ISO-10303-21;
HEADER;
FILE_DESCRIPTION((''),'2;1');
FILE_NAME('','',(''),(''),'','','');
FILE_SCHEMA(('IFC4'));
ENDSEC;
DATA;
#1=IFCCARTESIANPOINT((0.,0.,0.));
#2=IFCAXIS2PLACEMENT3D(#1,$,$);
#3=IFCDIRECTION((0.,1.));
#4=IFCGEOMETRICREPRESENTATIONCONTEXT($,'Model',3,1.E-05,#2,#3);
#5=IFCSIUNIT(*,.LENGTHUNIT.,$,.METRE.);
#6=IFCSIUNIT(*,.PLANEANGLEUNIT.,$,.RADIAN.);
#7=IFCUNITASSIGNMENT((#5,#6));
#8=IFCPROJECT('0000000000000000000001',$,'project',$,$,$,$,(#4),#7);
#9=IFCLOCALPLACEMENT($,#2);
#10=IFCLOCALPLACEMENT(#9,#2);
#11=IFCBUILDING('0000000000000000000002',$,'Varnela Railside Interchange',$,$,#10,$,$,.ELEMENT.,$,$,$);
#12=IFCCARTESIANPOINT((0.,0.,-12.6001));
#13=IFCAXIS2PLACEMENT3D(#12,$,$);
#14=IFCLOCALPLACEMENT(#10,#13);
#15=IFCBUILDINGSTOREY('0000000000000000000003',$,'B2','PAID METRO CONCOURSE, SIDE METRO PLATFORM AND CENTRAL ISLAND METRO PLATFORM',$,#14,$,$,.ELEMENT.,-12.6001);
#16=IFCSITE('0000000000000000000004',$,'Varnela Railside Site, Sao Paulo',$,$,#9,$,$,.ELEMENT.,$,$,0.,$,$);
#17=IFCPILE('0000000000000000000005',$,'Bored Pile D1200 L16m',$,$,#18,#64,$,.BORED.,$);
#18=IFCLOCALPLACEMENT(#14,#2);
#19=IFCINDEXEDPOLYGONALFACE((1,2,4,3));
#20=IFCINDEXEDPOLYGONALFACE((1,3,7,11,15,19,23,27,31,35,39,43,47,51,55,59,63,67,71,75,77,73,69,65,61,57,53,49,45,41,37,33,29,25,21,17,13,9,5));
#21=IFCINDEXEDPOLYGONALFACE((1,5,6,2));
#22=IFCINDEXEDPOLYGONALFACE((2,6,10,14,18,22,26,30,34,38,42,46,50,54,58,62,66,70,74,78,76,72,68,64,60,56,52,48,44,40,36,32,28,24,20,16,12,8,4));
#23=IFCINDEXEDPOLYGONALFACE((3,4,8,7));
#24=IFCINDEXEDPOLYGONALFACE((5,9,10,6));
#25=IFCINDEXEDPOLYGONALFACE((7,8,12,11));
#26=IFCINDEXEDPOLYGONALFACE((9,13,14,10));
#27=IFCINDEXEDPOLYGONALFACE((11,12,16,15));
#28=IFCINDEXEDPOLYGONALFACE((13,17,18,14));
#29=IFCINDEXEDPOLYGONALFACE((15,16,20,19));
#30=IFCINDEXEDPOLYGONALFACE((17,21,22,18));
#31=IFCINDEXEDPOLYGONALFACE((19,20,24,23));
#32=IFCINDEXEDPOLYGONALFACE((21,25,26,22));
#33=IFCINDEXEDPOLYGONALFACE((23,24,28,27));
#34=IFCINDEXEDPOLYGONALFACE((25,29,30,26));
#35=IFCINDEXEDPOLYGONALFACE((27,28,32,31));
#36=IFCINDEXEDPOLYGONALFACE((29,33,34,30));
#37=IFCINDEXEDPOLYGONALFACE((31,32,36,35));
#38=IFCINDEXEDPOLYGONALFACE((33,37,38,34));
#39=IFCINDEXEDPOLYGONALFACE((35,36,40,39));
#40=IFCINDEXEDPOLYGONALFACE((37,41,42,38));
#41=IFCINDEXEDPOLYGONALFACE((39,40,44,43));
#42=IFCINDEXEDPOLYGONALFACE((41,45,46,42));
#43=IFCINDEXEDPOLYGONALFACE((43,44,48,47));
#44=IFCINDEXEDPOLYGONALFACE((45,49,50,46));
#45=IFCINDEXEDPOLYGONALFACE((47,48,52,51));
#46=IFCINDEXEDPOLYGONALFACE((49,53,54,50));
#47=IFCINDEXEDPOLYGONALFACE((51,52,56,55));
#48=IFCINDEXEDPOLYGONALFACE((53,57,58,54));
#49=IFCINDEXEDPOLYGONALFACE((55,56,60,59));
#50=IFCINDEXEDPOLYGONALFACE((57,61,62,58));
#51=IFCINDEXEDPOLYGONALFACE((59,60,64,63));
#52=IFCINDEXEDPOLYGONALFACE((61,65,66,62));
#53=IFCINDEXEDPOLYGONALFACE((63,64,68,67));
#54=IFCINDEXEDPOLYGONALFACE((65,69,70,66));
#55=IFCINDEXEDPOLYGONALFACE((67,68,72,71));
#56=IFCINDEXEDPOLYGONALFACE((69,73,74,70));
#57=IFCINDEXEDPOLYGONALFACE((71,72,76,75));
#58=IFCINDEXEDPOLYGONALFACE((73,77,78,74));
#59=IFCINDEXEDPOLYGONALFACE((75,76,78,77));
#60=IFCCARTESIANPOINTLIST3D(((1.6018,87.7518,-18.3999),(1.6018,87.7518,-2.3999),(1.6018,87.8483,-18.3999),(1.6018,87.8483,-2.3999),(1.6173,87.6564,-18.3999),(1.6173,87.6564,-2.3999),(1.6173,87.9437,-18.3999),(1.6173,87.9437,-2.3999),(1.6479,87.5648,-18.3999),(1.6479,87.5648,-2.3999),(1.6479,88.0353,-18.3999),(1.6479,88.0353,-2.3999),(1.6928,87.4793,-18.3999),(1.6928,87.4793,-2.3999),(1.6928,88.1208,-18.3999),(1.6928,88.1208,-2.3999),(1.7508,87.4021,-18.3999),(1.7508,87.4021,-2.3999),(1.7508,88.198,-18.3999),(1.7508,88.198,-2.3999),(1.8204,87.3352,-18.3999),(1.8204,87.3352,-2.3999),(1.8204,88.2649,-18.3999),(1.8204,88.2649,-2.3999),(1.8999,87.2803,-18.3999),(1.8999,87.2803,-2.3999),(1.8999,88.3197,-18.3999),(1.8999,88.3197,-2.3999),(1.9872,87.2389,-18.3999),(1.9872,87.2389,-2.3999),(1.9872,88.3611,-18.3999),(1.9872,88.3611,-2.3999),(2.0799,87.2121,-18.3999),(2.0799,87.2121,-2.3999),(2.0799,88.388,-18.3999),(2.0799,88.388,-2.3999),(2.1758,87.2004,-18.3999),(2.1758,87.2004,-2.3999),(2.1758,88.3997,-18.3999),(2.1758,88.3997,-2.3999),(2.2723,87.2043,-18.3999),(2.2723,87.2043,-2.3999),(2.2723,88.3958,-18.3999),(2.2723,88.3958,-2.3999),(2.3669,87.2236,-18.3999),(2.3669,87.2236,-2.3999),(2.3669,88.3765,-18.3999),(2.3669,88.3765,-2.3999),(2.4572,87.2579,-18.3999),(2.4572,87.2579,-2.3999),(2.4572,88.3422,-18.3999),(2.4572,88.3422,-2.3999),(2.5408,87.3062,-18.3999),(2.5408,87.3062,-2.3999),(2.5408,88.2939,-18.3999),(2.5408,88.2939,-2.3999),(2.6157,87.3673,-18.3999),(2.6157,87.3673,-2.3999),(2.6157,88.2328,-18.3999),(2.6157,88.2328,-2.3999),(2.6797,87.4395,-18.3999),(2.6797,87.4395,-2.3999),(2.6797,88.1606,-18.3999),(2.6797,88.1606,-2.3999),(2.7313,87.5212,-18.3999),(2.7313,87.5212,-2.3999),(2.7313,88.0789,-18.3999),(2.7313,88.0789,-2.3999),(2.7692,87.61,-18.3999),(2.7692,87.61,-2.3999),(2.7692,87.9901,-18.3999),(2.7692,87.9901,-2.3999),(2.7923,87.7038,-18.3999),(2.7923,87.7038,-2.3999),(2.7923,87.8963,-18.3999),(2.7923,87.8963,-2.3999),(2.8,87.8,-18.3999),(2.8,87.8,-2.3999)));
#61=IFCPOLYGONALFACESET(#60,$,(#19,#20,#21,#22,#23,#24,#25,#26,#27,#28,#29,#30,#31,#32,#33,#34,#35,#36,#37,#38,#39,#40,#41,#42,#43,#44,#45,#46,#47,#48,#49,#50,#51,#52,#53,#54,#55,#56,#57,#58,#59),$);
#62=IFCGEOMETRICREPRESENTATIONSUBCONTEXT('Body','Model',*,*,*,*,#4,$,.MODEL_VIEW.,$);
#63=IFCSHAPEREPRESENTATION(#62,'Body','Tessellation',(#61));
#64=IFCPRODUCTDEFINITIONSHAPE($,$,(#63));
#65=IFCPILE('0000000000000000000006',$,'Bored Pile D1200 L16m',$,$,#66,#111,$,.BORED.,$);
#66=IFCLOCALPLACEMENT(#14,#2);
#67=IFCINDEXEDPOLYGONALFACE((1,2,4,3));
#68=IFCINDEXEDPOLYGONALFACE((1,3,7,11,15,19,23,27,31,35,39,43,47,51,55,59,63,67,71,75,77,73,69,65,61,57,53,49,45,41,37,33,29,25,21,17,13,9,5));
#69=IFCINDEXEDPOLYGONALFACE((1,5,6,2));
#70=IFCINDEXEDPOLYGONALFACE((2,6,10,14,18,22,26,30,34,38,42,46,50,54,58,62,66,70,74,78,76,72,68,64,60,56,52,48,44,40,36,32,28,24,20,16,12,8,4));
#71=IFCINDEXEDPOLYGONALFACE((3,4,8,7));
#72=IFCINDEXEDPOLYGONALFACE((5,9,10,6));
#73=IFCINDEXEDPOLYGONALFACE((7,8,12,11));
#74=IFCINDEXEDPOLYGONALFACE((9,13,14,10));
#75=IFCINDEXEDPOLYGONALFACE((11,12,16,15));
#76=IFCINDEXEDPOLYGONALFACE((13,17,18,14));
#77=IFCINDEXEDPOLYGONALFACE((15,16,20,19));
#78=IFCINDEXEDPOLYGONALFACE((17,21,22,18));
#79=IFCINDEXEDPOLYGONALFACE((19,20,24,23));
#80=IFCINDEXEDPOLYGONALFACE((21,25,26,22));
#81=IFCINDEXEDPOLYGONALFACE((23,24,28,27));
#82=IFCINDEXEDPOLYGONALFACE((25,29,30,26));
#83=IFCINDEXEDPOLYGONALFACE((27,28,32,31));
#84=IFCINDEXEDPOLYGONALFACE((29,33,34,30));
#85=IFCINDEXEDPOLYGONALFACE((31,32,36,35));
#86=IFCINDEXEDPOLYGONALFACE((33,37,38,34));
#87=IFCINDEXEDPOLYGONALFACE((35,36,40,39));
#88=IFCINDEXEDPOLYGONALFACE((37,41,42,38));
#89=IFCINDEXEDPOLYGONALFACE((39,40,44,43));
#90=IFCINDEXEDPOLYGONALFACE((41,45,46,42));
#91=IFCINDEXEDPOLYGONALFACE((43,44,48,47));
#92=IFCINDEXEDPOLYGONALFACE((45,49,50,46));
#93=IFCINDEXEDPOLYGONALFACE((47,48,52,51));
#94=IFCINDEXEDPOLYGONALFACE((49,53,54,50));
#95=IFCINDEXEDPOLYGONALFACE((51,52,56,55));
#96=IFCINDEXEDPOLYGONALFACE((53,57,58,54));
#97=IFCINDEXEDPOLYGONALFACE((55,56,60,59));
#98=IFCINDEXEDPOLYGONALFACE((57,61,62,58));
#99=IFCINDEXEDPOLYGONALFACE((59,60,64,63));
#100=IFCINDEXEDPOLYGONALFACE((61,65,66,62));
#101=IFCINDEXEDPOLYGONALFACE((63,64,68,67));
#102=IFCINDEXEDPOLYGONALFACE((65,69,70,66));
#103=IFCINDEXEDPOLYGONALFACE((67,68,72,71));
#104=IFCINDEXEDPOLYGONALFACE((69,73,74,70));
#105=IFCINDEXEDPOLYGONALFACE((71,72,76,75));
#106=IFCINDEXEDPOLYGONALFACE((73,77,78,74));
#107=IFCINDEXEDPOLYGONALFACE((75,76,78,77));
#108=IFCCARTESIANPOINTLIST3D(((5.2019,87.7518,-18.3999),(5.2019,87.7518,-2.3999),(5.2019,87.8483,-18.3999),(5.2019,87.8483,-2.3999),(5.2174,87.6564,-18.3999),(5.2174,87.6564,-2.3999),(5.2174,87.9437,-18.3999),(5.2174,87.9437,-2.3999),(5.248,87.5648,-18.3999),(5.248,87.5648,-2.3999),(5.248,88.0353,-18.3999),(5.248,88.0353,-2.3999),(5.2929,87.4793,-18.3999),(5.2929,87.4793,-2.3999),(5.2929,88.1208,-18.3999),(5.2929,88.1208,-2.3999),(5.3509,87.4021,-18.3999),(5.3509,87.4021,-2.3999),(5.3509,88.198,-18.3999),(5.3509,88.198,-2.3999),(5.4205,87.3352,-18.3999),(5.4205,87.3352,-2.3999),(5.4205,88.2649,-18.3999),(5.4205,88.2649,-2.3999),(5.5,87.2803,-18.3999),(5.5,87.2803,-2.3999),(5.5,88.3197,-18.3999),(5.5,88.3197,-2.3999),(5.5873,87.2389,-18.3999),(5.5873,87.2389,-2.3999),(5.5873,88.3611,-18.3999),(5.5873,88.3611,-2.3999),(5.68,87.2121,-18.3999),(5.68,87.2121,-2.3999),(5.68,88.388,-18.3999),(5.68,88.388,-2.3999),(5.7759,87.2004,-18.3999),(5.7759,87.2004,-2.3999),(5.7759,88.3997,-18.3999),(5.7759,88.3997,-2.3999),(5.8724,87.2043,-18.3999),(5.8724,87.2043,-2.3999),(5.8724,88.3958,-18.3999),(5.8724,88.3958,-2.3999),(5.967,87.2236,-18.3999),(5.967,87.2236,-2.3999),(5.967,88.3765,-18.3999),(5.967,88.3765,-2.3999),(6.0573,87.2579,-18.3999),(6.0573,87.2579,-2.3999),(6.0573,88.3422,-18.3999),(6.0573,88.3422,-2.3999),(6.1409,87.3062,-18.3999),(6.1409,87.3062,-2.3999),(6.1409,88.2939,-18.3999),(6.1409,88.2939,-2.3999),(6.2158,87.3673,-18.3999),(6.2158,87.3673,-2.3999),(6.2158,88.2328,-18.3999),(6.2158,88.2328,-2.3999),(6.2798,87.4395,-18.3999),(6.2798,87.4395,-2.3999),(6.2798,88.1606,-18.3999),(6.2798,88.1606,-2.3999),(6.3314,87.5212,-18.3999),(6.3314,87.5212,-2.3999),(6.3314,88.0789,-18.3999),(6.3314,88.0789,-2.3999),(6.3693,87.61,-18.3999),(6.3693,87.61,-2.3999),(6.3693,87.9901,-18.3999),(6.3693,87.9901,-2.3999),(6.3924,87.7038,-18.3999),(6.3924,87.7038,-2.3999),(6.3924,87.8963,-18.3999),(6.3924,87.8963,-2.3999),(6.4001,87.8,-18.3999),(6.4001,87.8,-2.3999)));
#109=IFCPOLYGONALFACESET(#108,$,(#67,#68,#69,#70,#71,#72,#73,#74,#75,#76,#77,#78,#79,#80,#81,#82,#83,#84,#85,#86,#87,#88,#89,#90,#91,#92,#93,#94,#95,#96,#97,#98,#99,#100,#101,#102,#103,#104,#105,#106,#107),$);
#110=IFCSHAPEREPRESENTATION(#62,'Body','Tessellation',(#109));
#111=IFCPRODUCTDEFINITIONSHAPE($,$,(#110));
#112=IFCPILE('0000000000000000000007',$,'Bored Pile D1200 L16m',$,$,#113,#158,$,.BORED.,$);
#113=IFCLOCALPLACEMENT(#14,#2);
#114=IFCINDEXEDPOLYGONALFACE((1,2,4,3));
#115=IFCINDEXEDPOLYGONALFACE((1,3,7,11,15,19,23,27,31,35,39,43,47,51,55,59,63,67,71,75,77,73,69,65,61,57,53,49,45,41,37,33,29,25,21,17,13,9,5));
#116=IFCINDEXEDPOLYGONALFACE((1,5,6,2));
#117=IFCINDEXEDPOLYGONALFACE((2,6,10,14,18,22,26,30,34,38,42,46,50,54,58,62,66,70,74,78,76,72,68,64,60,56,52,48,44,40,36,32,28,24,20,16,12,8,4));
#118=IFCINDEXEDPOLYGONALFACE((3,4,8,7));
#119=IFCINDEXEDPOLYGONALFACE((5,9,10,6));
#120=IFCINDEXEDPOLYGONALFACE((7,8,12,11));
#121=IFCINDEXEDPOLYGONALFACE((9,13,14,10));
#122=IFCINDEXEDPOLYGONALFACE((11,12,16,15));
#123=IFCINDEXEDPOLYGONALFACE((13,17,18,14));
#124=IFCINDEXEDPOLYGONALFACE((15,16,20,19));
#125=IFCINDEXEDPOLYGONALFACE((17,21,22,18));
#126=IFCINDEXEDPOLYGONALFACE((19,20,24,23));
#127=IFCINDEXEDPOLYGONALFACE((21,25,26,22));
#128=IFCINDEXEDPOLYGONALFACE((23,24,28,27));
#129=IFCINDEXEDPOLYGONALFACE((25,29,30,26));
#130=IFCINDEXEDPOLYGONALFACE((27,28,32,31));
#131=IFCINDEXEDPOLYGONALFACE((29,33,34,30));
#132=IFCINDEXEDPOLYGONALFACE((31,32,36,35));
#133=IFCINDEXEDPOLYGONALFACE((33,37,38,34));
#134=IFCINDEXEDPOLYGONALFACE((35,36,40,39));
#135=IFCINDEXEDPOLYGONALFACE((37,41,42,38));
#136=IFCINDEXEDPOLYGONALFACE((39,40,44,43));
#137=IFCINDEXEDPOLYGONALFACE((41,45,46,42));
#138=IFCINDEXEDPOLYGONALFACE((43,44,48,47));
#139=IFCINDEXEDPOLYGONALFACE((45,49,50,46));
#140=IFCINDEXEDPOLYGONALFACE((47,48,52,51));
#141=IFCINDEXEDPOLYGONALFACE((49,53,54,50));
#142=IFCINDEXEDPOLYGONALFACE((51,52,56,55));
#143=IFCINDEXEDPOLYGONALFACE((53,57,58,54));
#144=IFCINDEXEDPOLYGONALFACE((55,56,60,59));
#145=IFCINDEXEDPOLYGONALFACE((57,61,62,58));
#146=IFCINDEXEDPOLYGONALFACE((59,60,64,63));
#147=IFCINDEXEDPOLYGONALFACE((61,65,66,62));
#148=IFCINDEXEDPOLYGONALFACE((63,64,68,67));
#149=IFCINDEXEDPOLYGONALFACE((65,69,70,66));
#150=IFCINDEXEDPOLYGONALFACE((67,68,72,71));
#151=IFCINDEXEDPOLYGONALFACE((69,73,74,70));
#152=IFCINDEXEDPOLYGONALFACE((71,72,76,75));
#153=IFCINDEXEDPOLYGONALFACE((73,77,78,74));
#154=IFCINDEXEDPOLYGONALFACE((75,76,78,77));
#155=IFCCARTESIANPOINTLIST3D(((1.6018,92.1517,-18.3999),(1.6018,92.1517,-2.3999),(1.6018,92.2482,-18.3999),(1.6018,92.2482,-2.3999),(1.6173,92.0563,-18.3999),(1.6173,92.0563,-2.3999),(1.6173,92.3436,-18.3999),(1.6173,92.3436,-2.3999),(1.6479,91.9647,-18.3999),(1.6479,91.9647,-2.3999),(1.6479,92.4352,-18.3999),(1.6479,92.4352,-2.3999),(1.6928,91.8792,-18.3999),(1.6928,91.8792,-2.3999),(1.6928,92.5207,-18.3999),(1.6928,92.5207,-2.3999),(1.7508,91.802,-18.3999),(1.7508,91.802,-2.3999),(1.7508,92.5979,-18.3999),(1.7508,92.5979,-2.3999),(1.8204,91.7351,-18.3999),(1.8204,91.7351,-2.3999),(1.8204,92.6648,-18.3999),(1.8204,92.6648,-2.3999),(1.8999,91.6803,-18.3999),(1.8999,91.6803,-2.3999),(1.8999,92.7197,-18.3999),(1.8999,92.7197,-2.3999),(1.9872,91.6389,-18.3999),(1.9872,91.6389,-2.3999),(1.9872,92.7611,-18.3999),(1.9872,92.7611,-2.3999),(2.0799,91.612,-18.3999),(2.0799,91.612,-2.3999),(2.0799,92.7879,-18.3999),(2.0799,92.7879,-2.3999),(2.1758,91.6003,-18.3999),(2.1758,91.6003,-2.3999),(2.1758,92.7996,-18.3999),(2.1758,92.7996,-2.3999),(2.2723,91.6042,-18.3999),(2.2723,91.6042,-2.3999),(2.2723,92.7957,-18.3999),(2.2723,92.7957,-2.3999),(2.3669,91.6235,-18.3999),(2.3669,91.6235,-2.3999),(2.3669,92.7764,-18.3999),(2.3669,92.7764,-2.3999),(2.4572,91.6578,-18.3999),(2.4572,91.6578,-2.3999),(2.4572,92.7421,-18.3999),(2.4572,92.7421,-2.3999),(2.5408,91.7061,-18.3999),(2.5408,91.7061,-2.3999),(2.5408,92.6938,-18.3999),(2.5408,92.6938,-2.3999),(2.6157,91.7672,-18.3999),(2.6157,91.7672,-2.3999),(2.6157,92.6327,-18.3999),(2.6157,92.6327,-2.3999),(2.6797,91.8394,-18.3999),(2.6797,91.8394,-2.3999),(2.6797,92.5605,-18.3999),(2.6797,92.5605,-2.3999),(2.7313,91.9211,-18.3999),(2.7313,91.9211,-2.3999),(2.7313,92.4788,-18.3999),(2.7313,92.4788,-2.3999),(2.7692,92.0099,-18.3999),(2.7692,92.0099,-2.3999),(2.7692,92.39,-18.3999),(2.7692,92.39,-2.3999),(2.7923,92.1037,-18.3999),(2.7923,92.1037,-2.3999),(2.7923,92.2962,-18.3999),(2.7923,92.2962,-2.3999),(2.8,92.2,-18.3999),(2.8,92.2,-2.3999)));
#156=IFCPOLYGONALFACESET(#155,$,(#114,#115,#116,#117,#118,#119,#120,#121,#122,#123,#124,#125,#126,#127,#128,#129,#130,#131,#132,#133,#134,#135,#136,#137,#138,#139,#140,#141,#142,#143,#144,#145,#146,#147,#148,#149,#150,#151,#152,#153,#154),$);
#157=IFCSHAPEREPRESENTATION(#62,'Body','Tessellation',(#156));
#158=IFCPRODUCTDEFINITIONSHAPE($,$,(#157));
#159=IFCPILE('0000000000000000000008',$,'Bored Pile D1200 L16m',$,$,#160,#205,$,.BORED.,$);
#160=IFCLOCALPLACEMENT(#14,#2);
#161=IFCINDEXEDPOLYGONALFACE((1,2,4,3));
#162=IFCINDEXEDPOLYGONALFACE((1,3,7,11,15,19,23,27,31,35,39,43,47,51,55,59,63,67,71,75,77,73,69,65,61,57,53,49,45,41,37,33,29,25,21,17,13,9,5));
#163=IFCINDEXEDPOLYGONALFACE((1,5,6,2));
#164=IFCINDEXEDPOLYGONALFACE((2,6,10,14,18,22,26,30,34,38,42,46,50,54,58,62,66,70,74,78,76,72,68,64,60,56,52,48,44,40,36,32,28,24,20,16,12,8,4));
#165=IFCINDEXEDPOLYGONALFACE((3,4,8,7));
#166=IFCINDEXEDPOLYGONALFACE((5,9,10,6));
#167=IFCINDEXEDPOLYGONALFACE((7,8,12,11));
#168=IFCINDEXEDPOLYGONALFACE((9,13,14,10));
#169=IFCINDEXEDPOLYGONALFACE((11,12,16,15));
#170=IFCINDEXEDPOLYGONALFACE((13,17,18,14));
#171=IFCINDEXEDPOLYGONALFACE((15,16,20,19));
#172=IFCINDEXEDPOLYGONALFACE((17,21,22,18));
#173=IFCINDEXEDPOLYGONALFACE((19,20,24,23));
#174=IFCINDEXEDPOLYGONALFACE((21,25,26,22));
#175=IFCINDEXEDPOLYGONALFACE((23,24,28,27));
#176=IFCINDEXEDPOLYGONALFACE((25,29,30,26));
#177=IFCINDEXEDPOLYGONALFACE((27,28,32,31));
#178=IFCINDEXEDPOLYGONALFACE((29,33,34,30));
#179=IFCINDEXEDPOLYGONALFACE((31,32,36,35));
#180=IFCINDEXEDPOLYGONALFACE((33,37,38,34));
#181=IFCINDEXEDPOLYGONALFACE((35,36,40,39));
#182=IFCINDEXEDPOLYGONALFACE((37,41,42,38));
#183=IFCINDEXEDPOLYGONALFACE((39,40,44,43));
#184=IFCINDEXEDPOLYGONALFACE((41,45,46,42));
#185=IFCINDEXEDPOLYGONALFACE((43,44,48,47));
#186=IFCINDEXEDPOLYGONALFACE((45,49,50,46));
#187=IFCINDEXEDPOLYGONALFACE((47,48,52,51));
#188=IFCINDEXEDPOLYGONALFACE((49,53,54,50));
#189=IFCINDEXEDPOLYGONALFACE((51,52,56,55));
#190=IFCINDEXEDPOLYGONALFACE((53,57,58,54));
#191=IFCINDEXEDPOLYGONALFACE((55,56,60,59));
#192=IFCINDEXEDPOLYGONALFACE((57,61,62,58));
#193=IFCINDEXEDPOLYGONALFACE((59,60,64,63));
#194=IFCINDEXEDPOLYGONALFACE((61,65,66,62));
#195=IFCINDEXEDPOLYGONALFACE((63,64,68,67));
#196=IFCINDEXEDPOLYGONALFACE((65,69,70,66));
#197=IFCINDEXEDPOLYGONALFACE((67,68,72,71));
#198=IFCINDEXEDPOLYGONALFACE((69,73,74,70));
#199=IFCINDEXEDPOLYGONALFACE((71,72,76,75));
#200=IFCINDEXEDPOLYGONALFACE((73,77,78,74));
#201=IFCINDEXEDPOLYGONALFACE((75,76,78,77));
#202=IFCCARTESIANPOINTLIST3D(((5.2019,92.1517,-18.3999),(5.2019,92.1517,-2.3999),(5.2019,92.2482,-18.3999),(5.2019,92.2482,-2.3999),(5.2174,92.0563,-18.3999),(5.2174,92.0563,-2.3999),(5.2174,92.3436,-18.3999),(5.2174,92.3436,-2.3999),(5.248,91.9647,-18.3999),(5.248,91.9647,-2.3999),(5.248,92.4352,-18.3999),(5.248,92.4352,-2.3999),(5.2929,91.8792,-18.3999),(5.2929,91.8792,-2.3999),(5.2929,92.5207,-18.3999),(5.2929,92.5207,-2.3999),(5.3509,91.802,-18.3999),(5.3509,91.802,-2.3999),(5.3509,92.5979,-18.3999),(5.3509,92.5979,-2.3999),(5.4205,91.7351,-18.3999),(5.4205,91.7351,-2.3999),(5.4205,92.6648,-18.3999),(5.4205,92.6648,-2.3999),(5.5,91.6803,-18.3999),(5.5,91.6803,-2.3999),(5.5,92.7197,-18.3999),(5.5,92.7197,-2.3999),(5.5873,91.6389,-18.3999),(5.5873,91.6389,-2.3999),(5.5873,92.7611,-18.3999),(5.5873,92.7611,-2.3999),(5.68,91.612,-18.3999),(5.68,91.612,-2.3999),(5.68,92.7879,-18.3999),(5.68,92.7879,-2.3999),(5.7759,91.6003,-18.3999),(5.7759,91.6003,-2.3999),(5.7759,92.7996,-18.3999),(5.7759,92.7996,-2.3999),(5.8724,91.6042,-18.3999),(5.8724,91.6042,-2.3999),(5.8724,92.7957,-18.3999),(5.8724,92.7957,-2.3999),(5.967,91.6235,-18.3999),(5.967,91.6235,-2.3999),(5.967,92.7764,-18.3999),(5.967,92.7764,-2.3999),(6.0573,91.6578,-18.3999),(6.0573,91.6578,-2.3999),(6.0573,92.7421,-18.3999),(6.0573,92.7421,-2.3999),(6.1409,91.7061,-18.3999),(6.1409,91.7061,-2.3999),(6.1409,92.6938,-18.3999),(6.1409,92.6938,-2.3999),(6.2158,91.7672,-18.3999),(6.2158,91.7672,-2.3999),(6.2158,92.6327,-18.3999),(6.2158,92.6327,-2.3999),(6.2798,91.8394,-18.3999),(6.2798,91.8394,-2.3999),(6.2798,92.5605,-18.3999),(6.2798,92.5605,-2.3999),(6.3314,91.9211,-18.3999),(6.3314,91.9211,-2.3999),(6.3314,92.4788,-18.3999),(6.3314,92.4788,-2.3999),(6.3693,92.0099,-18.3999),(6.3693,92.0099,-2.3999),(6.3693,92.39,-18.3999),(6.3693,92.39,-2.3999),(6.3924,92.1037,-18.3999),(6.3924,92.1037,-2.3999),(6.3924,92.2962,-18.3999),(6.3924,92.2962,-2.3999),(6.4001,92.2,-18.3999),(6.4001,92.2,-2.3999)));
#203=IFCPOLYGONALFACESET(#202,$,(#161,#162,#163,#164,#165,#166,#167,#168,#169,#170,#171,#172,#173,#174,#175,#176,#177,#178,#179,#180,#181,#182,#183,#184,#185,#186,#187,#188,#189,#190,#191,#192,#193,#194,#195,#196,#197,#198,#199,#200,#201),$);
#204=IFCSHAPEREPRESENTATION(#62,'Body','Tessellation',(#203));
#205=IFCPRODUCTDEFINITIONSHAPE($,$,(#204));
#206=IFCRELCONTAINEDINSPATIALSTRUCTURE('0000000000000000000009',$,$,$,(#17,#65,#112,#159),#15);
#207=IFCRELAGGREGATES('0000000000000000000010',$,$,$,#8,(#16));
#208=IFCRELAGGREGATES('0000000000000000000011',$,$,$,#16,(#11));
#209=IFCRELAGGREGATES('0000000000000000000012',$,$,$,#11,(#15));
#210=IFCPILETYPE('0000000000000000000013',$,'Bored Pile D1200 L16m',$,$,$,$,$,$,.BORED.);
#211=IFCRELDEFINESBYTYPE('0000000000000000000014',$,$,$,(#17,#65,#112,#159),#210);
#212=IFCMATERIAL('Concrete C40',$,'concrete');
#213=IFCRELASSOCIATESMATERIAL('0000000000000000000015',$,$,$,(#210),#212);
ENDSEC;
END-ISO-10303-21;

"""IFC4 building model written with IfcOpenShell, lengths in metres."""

from ifc_helpers import new_model, si_unit, direction, frame, origin, origin_2d, place, context, subcontext, project, spatial, circle, extrude, material, material_profile, profile_set, type_object, element, save


model = new_model("IFC4")

# Units and contexts
model_context = context("Model", 3, precision=1e-05, world=origin(), true_north=direction((0.0, 1.0)))
body_context = subcontext(model_context, "Body", "Model", "MODEL_VIEW")
ifc_project = project(units=[si_unit("LENGTHUNIT", "METRE"), si_unit("PLANEANGLEUNIT", "RADIAN")], contexts=[model_context])

# Site, building, storey
site_placement = place(None, origin())
site = spatial("IfcSite", under=ifc_project, at=site_placement, Name="Varnela Railside Site, Sao Paulo", CompositionType="ELEMENT", RefElevation=0.0)
building_placement = place(site_placement, origin())
building = spatial("IfcBuilding", under=site, at=building_placement, Name="Varnela Railside Interchange", CompositionType="ELEMENT")
storey_placement = place(building_placement, frame((0.0, 0.0, -12.6001)))
storey = spatial("IfcBuildingStorey", under=building, at=storey_placement, Name="B2", Description="PAID METRO CONCOURSE, SIDE METRO PLATFORM AND CENTRAL ISLAND METRO PLATFORM", CompositionType="ELEMENT", Elevation=-12.6001)

# Piles
ifc_material_1 = material(Name="Concrete C40", Category="concrete")
ifc_material_profile_1 = material_profile(ifc_material_1, circle(Radius=0.6001, at=origin_2d()), Name="BORED PILE D1200")
ifc_profile_set_1 = profile_set([ifc_material_profile_1], Name="Concrete C40")
pile_type = type_object("IfcPileType", Name="Bored Pile D1200 L16m", PredefinedType="BORED", material=ifc_profile_set_1)
for number, where, z_axis, x_axis, name in (
    (1, (2.2, 87.8, -2.3999), (0.0, 0.0, -1.0), (1.0, 0.0, 0.0), "Bored Pile D1200 L16m"),
    (2, (5.8, 87.8, -2.3999), (0.0, 0.0, -1.0), (1.0, 0.0, 0.0), "Bored Pile D1200 L16m"),
    (3, (2.2, 92.2, -2.3999), (0.0, 0.0, -1.0), (1.0, 0.0, 0.0), "Bored Pile D1200 L16m"),
    (4, (5.8, 92.2, -2.3999), (0.0, 0.0, -1.0), (1.0, 0.0, 0.0), "Bored Pile D1200 L16m"),
):
    element("IfcPile", number, at=place(storey_placement, frame(where, z_axis=z_axis, x_axis=x_axis)), inside=storey, type_object=pile_type, Name=name, PredefinedType="BORED", context=body_context, shape_type="SweptSolid", body=[
        extrude(circle(Radius=0.6001, at=origin_2d()), origin(), (0.0, 0.0, 1.0), 16.0),
    ])

save(model, "model.ifc")
